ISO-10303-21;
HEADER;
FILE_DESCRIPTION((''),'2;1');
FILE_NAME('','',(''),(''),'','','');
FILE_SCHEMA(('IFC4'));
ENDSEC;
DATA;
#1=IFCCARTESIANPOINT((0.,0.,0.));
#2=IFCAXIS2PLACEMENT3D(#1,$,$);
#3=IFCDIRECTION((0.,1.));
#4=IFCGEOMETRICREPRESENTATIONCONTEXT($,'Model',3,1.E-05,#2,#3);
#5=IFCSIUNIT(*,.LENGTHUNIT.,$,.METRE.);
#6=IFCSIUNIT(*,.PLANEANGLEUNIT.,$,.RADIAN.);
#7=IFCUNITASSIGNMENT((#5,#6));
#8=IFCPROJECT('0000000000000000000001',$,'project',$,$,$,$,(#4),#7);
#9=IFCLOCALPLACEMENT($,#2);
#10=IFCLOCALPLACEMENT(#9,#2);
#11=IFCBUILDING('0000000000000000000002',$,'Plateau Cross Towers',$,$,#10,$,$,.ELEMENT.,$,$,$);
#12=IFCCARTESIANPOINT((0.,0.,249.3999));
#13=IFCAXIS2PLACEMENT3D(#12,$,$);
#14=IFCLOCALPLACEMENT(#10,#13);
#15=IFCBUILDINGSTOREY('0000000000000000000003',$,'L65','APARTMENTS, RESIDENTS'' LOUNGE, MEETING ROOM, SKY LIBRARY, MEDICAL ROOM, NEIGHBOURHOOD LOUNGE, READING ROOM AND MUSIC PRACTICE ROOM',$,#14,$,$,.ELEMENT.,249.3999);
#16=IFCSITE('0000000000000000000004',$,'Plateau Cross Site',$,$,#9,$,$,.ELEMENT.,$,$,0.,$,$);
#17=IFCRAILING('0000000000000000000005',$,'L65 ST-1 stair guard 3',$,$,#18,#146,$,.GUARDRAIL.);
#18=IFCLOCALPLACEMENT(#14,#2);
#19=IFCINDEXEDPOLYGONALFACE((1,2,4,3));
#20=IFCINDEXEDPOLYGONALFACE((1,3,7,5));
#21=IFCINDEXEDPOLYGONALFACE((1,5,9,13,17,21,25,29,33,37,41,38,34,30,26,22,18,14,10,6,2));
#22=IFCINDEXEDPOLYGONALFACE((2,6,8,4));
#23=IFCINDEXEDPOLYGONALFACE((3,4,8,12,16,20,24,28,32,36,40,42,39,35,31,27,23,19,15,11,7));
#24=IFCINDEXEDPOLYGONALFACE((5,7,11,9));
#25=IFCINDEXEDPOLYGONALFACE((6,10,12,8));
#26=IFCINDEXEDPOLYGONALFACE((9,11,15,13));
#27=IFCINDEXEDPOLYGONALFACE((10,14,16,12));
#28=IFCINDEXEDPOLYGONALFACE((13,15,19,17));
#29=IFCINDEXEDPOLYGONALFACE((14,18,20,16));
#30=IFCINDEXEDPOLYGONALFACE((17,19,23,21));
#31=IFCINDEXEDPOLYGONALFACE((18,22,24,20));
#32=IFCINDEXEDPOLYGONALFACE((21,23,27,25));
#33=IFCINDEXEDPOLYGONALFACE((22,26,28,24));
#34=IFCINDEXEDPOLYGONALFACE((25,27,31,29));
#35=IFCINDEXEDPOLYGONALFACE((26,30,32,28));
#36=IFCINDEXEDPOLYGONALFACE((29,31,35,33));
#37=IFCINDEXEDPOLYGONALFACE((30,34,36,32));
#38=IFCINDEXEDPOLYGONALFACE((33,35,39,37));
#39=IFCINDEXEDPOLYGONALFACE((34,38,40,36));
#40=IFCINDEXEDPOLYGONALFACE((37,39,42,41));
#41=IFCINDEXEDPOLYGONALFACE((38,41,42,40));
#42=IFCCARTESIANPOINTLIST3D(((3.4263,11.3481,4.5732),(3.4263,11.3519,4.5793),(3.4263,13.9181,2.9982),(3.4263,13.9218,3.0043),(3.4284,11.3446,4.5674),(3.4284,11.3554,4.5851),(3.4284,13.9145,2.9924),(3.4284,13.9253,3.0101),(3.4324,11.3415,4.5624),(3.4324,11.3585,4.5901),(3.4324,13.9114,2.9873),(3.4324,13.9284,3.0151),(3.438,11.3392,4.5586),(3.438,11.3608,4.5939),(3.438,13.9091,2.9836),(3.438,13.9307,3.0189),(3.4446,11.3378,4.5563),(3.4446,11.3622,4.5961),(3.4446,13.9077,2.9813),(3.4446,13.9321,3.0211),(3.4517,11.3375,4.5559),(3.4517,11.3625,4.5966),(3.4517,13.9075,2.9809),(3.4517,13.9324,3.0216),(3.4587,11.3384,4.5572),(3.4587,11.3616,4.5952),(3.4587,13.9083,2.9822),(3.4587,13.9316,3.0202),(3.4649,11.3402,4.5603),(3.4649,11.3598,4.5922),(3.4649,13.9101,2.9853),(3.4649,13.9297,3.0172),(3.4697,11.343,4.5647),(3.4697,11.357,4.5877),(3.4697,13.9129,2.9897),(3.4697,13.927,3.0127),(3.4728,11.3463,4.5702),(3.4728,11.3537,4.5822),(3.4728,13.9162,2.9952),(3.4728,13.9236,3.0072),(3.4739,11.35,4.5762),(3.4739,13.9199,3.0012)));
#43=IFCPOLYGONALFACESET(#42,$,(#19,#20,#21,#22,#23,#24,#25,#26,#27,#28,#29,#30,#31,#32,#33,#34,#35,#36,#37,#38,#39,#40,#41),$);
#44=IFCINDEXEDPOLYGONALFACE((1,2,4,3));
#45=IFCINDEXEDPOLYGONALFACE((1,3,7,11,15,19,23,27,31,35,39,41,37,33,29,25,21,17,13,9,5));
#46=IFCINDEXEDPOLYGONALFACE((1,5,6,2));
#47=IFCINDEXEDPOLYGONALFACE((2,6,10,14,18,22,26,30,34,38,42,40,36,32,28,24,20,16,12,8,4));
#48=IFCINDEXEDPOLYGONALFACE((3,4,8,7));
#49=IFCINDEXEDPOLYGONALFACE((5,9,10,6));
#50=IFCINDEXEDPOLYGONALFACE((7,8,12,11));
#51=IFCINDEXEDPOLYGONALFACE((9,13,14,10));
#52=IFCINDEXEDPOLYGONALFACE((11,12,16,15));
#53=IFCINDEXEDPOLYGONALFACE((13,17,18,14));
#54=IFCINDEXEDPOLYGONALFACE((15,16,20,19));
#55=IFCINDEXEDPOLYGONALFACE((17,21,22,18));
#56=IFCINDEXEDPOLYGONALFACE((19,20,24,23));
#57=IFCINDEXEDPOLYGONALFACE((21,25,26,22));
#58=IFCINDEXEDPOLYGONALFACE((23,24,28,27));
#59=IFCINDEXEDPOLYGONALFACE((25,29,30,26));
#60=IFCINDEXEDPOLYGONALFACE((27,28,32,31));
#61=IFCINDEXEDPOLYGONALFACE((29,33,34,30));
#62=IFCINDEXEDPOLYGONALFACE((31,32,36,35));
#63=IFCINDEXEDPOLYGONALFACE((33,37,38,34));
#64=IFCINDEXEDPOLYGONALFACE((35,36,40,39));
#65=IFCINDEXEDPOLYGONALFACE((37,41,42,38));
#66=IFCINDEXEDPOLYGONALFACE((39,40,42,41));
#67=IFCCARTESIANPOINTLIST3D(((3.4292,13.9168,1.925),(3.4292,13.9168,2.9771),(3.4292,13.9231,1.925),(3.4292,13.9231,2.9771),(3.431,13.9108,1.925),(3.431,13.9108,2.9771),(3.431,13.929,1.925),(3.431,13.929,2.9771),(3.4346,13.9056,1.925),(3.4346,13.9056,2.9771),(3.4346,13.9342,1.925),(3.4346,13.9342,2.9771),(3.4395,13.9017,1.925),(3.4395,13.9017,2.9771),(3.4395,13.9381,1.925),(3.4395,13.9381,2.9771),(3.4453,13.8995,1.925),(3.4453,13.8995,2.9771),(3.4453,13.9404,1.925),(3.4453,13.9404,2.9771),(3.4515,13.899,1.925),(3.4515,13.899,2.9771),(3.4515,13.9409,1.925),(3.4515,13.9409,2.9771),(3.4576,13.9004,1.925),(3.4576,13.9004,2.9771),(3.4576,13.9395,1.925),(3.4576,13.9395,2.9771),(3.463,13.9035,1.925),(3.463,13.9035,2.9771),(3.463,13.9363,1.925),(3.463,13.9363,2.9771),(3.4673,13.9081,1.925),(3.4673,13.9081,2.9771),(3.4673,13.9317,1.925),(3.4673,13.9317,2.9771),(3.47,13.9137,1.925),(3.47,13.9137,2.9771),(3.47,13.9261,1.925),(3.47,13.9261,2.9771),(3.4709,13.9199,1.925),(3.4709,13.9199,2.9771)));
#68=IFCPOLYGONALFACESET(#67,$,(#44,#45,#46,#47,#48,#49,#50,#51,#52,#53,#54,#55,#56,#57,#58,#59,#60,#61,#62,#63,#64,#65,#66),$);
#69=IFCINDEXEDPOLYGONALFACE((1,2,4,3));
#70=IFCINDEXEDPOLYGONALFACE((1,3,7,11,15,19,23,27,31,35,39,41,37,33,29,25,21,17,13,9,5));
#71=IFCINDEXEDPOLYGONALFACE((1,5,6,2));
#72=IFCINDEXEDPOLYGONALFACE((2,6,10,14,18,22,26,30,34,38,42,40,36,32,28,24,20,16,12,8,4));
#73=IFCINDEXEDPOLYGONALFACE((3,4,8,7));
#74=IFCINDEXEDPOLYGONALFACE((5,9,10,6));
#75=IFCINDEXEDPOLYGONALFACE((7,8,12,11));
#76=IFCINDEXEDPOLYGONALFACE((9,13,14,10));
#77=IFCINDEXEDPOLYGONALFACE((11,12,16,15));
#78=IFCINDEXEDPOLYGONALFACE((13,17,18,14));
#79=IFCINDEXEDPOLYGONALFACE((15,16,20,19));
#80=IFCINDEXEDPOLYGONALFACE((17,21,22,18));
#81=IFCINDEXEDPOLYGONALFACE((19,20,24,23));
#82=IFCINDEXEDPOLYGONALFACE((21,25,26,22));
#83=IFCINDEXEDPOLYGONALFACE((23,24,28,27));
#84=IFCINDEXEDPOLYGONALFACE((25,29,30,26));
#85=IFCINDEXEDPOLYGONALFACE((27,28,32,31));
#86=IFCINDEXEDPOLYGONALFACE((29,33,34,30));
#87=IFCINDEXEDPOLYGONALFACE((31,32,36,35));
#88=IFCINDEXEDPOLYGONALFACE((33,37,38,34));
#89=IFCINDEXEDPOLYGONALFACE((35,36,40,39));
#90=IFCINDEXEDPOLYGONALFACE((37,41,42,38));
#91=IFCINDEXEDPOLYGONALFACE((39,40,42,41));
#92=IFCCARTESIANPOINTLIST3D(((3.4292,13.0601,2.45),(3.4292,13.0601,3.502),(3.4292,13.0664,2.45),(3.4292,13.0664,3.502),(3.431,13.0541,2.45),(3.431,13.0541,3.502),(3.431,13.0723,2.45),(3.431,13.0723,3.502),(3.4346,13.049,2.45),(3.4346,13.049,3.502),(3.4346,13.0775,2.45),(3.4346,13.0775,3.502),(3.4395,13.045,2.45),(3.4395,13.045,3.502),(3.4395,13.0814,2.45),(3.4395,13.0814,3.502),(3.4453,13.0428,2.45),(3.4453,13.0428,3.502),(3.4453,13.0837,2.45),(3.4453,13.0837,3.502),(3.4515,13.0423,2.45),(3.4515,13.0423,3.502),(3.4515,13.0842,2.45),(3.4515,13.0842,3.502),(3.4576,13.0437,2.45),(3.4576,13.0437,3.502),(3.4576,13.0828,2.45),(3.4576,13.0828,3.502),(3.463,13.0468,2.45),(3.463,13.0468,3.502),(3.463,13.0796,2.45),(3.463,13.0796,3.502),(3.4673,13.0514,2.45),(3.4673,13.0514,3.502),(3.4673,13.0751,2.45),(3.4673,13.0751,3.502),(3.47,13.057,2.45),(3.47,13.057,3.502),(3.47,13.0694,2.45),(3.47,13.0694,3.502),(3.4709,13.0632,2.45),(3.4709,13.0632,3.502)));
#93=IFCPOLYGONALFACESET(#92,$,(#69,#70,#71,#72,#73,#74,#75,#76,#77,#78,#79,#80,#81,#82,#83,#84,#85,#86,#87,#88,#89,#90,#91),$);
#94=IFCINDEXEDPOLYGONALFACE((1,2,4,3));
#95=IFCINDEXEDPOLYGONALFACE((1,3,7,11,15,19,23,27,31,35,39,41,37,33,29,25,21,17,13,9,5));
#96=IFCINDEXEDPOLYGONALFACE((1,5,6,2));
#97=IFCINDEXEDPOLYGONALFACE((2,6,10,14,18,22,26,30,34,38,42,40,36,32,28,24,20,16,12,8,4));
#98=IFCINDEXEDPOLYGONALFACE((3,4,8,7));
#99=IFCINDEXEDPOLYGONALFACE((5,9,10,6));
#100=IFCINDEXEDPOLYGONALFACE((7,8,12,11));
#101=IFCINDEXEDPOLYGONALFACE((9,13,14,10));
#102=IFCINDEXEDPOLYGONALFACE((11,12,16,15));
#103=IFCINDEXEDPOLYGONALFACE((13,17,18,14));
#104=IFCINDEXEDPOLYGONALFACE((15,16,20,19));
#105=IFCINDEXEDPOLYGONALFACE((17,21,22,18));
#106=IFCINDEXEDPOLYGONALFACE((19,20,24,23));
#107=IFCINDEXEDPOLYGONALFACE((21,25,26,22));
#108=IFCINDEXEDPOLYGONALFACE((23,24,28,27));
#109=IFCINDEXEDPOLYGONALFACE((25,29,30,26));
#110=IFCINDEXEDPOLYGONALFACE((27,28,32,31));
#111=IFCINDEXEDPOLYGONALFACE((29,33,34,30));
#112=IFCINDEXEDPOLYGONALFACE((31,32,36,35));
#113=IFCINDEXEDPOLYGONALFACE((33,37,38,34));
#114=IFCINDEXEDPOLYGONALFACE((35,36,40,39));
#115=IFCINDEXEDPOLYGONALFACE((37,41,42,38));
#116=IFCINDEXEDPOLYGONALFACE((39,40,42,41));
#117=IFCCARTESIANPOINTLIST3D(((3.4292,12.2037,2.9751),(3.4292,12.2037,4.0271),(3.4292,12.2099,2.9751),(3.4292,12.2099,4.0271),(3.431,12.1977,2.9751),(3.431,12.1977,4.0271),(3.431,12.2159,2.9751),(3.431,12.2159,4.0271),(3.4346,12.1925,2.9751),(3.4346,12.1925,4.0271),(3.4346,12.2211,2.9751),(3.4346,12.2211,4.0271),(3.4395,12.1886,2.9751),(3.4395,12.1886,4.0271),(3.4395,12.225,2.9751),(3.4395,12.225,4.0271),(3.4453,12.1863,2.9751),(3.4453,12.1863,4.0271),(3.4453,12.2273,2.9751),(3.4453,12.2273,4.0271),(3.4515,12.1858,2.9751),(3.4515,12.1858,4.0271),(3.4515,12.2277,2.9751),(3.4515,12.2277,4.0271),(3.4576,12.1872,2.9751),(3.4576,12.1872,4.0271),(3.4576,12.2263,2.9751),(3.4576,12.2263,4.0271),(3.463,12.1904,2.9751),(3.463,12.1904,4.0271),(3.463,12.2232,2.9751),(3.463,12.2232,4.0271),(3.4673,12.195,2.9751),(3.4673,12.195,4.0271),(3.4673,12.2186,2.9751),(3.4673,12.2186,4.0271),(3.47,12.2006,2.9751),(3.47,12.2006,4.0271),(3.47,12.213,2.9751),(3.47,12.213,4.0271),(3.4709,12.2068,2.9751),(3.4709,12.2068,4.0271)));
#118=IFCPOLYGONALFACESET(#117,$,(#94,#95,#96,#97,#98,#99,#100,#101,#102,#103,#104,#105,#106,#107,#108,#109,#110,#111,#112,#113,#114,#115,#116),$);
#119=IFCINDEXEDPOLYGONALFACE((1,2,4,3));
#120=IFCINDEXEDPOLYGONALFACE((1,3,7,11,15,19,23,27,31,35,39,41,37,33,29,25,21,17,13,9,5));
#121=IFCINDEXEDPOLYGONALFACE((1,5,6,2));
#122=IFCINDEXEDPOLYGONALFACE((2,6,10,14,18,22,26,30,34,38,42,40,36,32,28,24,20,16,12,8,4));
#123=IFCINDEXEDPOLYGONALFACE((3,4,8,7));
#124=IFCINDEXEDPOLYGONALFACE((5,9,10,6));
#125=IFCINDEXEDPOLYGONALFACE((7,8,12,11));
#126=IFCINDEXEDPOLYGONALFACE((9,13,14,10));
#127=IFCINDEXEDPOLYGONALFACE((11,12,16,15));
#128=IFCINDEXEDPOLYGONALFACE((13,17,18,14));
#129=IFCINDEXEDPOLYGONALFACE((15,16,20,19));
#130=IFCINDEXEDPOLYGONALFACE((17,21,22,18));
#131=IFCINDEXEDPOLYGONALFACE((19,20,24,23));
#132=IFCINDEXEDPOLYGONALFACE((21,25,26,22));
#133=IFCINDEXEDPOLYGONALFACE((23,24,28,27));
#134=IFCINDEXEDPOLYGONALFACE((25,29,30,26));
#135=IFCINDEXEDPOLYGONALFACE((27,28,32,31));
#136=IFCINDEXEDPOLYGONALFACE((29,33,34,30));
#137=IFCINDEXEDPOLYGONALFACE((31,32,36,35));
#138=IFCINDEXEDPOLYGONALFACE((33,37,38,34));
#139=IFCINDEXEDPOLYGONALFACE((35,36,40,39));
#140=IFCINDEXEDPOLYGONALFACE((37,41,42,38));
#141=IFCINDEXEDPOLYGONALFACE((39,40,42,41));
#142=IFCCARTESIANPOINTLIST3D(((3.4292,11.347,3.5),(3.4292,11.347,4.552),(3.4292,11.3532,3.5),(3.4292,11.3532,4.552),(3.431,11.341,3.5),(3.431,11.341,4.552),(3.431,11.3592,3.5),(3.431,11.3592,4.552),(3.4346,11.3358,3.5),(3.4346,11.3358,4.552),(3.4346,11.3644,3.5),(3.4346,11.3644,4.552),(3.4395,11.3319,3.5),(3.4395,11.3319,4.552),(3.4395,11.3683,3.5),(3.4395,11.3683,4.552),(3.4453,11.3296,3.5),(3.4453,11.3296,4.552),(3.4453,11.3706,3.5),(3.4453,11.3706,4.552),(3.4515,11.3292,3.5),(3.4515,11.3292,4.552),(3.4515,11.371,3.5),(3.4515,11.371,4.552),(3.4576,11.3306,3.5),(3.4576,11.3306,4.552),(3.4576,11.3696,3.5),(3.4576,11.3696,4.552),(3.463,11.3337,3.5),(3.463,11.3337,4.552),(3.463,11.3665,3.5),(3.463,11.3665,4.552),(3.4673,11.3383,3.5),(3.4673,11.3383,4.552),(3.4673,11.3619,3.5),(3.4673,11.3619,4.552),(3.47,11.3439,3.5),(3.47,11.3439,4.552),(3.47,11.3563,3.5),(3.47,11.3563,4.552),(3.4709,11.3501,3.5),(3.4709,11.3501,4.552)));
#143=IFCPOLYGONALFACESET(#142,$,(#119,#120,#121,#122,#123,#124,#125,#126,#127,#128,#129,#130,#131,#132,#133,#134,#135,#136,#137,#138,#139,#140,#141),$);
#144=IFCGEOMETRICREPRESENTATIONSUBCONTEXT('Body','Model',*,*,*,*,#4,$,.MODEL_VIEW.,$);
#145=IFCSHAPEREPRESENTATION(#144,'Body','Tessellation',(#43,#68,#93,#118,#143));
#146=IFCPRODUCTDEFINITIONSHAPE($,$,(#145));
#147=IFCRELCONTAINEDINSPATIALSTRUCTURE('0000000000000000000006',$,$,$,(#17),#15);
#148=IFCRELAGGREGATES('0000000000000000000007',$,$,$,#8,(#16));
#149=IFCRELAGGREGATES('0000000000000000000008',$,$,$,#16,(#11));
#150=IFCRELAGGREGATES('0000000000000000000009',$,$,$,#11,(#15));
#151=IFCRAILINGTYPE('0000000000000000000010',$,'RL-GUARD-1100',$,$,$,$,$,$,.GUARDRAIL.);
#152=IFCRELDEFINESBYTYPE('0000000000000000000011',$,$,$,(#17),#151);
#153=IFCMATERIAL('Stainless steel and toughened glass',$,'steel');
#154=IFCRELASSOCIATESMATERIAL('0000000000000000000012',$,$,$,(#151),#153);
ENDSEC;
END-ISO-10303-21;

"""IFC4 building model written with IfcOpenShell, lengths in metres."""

from ifc_helpers import new_model, si_unit, direction, frame, origin, origin_2d, place, context, subcontext, project, spatial, circle, extrude, material, type_object, element, save


model = new_model("IFC4")

# Units and contexts
model_context = context("Model", 3, precision=1e-05, world=origin(), true_north=direction((0.0, 1.0)))
body_context = subcontext(model_context, "Body", "Model", "MODEL_VIEW")
ifc_project = project(units=[si_unit("LENGTHUNIT", "METRE"), si_unit("PLANEANGLEUNIT", "RADIAN")], contexts=[model_context])

# Site, building, storey
site_placement = place(None, origin())
site = spatial("IfcSite", under=ifc_project, at=site_placement, Name="Plateau Cross Site", CompositionType="ELEMENT", RefElevation=0.0)
building_placement = place(site_placement, origin())
building = spatial("IfcBuilding", under=site, at=building_placement, Name="Plateau Cross Towers", CompositionType="ELEMENT")
storey_placement = place(building_placement, frame((0.0, 0.0, 249.3999)))
storey = spatial("IfcBuildingStorey", under=building, at=storey_placement, Name="L65", Description="APARTMENTS, RESIDENTS' LOUNGE, MEETING ROOM, SKY LIBRARY, MEDICAL ROOM, NEIGHBOURHOOD LOUNGE, READING ROOM AND MUSIC PRACTICE ROOM", CompositionType="ELEMENT", Elevation=249.3999)

# Railing
ifc_material_1 = material(Name="Stainless steel and toughened glass", Category="steel")
railing_type_1 = type_object("IfcRailingType", Name="RL-GUARD-1100", PredefinedType="GUARDRAIL", material=ifc_material_1)
railing_1_placement = place(storey_placement, frame((3.45, 13.9199, 1.925)))
element("IfcRailing", 1, at=railing_1_placement, inside=storey, type_object=railing_type_1, Name="L65 ST-1 stair guard 3", PredefinedType="GUARDRAIL", context=body_context, shape_type="SweptSolid", body=[
    extrude(circle(Radius=0.0239, at=origin_2d()), frame((0.0, 0.0, 1.0762), z_axis=(0.0, -0.852616, 0.522537), x_axis=(1.0, 0.0, 0.0)), (0.0, 0.0, 1.0), 3.0142),
    extrude(circle(Radius=0.021, at=origin_2d()), origin(), (0.0, 0.0, 1.0), 1.052),
    extrude(circle(Radius=0.021, at=origin_2d()), frame((0.0, -0.8567, 0.5249)), (0.0, 0.0, 1.0), 1.052),
    extrude(circle(Radius=0.021, at=origin_2d()), frame((0.0, -1.7131, 1.05)), (0.0, 0.0, 1.0), 1.052),
    extrude(circle(Radius=0.021, at=origin_2d()), frame((0.0, -2.5698, 1.575)), (0.0, 0.0, 1.0), 1.052),
])

save(model, "model.ifc")
